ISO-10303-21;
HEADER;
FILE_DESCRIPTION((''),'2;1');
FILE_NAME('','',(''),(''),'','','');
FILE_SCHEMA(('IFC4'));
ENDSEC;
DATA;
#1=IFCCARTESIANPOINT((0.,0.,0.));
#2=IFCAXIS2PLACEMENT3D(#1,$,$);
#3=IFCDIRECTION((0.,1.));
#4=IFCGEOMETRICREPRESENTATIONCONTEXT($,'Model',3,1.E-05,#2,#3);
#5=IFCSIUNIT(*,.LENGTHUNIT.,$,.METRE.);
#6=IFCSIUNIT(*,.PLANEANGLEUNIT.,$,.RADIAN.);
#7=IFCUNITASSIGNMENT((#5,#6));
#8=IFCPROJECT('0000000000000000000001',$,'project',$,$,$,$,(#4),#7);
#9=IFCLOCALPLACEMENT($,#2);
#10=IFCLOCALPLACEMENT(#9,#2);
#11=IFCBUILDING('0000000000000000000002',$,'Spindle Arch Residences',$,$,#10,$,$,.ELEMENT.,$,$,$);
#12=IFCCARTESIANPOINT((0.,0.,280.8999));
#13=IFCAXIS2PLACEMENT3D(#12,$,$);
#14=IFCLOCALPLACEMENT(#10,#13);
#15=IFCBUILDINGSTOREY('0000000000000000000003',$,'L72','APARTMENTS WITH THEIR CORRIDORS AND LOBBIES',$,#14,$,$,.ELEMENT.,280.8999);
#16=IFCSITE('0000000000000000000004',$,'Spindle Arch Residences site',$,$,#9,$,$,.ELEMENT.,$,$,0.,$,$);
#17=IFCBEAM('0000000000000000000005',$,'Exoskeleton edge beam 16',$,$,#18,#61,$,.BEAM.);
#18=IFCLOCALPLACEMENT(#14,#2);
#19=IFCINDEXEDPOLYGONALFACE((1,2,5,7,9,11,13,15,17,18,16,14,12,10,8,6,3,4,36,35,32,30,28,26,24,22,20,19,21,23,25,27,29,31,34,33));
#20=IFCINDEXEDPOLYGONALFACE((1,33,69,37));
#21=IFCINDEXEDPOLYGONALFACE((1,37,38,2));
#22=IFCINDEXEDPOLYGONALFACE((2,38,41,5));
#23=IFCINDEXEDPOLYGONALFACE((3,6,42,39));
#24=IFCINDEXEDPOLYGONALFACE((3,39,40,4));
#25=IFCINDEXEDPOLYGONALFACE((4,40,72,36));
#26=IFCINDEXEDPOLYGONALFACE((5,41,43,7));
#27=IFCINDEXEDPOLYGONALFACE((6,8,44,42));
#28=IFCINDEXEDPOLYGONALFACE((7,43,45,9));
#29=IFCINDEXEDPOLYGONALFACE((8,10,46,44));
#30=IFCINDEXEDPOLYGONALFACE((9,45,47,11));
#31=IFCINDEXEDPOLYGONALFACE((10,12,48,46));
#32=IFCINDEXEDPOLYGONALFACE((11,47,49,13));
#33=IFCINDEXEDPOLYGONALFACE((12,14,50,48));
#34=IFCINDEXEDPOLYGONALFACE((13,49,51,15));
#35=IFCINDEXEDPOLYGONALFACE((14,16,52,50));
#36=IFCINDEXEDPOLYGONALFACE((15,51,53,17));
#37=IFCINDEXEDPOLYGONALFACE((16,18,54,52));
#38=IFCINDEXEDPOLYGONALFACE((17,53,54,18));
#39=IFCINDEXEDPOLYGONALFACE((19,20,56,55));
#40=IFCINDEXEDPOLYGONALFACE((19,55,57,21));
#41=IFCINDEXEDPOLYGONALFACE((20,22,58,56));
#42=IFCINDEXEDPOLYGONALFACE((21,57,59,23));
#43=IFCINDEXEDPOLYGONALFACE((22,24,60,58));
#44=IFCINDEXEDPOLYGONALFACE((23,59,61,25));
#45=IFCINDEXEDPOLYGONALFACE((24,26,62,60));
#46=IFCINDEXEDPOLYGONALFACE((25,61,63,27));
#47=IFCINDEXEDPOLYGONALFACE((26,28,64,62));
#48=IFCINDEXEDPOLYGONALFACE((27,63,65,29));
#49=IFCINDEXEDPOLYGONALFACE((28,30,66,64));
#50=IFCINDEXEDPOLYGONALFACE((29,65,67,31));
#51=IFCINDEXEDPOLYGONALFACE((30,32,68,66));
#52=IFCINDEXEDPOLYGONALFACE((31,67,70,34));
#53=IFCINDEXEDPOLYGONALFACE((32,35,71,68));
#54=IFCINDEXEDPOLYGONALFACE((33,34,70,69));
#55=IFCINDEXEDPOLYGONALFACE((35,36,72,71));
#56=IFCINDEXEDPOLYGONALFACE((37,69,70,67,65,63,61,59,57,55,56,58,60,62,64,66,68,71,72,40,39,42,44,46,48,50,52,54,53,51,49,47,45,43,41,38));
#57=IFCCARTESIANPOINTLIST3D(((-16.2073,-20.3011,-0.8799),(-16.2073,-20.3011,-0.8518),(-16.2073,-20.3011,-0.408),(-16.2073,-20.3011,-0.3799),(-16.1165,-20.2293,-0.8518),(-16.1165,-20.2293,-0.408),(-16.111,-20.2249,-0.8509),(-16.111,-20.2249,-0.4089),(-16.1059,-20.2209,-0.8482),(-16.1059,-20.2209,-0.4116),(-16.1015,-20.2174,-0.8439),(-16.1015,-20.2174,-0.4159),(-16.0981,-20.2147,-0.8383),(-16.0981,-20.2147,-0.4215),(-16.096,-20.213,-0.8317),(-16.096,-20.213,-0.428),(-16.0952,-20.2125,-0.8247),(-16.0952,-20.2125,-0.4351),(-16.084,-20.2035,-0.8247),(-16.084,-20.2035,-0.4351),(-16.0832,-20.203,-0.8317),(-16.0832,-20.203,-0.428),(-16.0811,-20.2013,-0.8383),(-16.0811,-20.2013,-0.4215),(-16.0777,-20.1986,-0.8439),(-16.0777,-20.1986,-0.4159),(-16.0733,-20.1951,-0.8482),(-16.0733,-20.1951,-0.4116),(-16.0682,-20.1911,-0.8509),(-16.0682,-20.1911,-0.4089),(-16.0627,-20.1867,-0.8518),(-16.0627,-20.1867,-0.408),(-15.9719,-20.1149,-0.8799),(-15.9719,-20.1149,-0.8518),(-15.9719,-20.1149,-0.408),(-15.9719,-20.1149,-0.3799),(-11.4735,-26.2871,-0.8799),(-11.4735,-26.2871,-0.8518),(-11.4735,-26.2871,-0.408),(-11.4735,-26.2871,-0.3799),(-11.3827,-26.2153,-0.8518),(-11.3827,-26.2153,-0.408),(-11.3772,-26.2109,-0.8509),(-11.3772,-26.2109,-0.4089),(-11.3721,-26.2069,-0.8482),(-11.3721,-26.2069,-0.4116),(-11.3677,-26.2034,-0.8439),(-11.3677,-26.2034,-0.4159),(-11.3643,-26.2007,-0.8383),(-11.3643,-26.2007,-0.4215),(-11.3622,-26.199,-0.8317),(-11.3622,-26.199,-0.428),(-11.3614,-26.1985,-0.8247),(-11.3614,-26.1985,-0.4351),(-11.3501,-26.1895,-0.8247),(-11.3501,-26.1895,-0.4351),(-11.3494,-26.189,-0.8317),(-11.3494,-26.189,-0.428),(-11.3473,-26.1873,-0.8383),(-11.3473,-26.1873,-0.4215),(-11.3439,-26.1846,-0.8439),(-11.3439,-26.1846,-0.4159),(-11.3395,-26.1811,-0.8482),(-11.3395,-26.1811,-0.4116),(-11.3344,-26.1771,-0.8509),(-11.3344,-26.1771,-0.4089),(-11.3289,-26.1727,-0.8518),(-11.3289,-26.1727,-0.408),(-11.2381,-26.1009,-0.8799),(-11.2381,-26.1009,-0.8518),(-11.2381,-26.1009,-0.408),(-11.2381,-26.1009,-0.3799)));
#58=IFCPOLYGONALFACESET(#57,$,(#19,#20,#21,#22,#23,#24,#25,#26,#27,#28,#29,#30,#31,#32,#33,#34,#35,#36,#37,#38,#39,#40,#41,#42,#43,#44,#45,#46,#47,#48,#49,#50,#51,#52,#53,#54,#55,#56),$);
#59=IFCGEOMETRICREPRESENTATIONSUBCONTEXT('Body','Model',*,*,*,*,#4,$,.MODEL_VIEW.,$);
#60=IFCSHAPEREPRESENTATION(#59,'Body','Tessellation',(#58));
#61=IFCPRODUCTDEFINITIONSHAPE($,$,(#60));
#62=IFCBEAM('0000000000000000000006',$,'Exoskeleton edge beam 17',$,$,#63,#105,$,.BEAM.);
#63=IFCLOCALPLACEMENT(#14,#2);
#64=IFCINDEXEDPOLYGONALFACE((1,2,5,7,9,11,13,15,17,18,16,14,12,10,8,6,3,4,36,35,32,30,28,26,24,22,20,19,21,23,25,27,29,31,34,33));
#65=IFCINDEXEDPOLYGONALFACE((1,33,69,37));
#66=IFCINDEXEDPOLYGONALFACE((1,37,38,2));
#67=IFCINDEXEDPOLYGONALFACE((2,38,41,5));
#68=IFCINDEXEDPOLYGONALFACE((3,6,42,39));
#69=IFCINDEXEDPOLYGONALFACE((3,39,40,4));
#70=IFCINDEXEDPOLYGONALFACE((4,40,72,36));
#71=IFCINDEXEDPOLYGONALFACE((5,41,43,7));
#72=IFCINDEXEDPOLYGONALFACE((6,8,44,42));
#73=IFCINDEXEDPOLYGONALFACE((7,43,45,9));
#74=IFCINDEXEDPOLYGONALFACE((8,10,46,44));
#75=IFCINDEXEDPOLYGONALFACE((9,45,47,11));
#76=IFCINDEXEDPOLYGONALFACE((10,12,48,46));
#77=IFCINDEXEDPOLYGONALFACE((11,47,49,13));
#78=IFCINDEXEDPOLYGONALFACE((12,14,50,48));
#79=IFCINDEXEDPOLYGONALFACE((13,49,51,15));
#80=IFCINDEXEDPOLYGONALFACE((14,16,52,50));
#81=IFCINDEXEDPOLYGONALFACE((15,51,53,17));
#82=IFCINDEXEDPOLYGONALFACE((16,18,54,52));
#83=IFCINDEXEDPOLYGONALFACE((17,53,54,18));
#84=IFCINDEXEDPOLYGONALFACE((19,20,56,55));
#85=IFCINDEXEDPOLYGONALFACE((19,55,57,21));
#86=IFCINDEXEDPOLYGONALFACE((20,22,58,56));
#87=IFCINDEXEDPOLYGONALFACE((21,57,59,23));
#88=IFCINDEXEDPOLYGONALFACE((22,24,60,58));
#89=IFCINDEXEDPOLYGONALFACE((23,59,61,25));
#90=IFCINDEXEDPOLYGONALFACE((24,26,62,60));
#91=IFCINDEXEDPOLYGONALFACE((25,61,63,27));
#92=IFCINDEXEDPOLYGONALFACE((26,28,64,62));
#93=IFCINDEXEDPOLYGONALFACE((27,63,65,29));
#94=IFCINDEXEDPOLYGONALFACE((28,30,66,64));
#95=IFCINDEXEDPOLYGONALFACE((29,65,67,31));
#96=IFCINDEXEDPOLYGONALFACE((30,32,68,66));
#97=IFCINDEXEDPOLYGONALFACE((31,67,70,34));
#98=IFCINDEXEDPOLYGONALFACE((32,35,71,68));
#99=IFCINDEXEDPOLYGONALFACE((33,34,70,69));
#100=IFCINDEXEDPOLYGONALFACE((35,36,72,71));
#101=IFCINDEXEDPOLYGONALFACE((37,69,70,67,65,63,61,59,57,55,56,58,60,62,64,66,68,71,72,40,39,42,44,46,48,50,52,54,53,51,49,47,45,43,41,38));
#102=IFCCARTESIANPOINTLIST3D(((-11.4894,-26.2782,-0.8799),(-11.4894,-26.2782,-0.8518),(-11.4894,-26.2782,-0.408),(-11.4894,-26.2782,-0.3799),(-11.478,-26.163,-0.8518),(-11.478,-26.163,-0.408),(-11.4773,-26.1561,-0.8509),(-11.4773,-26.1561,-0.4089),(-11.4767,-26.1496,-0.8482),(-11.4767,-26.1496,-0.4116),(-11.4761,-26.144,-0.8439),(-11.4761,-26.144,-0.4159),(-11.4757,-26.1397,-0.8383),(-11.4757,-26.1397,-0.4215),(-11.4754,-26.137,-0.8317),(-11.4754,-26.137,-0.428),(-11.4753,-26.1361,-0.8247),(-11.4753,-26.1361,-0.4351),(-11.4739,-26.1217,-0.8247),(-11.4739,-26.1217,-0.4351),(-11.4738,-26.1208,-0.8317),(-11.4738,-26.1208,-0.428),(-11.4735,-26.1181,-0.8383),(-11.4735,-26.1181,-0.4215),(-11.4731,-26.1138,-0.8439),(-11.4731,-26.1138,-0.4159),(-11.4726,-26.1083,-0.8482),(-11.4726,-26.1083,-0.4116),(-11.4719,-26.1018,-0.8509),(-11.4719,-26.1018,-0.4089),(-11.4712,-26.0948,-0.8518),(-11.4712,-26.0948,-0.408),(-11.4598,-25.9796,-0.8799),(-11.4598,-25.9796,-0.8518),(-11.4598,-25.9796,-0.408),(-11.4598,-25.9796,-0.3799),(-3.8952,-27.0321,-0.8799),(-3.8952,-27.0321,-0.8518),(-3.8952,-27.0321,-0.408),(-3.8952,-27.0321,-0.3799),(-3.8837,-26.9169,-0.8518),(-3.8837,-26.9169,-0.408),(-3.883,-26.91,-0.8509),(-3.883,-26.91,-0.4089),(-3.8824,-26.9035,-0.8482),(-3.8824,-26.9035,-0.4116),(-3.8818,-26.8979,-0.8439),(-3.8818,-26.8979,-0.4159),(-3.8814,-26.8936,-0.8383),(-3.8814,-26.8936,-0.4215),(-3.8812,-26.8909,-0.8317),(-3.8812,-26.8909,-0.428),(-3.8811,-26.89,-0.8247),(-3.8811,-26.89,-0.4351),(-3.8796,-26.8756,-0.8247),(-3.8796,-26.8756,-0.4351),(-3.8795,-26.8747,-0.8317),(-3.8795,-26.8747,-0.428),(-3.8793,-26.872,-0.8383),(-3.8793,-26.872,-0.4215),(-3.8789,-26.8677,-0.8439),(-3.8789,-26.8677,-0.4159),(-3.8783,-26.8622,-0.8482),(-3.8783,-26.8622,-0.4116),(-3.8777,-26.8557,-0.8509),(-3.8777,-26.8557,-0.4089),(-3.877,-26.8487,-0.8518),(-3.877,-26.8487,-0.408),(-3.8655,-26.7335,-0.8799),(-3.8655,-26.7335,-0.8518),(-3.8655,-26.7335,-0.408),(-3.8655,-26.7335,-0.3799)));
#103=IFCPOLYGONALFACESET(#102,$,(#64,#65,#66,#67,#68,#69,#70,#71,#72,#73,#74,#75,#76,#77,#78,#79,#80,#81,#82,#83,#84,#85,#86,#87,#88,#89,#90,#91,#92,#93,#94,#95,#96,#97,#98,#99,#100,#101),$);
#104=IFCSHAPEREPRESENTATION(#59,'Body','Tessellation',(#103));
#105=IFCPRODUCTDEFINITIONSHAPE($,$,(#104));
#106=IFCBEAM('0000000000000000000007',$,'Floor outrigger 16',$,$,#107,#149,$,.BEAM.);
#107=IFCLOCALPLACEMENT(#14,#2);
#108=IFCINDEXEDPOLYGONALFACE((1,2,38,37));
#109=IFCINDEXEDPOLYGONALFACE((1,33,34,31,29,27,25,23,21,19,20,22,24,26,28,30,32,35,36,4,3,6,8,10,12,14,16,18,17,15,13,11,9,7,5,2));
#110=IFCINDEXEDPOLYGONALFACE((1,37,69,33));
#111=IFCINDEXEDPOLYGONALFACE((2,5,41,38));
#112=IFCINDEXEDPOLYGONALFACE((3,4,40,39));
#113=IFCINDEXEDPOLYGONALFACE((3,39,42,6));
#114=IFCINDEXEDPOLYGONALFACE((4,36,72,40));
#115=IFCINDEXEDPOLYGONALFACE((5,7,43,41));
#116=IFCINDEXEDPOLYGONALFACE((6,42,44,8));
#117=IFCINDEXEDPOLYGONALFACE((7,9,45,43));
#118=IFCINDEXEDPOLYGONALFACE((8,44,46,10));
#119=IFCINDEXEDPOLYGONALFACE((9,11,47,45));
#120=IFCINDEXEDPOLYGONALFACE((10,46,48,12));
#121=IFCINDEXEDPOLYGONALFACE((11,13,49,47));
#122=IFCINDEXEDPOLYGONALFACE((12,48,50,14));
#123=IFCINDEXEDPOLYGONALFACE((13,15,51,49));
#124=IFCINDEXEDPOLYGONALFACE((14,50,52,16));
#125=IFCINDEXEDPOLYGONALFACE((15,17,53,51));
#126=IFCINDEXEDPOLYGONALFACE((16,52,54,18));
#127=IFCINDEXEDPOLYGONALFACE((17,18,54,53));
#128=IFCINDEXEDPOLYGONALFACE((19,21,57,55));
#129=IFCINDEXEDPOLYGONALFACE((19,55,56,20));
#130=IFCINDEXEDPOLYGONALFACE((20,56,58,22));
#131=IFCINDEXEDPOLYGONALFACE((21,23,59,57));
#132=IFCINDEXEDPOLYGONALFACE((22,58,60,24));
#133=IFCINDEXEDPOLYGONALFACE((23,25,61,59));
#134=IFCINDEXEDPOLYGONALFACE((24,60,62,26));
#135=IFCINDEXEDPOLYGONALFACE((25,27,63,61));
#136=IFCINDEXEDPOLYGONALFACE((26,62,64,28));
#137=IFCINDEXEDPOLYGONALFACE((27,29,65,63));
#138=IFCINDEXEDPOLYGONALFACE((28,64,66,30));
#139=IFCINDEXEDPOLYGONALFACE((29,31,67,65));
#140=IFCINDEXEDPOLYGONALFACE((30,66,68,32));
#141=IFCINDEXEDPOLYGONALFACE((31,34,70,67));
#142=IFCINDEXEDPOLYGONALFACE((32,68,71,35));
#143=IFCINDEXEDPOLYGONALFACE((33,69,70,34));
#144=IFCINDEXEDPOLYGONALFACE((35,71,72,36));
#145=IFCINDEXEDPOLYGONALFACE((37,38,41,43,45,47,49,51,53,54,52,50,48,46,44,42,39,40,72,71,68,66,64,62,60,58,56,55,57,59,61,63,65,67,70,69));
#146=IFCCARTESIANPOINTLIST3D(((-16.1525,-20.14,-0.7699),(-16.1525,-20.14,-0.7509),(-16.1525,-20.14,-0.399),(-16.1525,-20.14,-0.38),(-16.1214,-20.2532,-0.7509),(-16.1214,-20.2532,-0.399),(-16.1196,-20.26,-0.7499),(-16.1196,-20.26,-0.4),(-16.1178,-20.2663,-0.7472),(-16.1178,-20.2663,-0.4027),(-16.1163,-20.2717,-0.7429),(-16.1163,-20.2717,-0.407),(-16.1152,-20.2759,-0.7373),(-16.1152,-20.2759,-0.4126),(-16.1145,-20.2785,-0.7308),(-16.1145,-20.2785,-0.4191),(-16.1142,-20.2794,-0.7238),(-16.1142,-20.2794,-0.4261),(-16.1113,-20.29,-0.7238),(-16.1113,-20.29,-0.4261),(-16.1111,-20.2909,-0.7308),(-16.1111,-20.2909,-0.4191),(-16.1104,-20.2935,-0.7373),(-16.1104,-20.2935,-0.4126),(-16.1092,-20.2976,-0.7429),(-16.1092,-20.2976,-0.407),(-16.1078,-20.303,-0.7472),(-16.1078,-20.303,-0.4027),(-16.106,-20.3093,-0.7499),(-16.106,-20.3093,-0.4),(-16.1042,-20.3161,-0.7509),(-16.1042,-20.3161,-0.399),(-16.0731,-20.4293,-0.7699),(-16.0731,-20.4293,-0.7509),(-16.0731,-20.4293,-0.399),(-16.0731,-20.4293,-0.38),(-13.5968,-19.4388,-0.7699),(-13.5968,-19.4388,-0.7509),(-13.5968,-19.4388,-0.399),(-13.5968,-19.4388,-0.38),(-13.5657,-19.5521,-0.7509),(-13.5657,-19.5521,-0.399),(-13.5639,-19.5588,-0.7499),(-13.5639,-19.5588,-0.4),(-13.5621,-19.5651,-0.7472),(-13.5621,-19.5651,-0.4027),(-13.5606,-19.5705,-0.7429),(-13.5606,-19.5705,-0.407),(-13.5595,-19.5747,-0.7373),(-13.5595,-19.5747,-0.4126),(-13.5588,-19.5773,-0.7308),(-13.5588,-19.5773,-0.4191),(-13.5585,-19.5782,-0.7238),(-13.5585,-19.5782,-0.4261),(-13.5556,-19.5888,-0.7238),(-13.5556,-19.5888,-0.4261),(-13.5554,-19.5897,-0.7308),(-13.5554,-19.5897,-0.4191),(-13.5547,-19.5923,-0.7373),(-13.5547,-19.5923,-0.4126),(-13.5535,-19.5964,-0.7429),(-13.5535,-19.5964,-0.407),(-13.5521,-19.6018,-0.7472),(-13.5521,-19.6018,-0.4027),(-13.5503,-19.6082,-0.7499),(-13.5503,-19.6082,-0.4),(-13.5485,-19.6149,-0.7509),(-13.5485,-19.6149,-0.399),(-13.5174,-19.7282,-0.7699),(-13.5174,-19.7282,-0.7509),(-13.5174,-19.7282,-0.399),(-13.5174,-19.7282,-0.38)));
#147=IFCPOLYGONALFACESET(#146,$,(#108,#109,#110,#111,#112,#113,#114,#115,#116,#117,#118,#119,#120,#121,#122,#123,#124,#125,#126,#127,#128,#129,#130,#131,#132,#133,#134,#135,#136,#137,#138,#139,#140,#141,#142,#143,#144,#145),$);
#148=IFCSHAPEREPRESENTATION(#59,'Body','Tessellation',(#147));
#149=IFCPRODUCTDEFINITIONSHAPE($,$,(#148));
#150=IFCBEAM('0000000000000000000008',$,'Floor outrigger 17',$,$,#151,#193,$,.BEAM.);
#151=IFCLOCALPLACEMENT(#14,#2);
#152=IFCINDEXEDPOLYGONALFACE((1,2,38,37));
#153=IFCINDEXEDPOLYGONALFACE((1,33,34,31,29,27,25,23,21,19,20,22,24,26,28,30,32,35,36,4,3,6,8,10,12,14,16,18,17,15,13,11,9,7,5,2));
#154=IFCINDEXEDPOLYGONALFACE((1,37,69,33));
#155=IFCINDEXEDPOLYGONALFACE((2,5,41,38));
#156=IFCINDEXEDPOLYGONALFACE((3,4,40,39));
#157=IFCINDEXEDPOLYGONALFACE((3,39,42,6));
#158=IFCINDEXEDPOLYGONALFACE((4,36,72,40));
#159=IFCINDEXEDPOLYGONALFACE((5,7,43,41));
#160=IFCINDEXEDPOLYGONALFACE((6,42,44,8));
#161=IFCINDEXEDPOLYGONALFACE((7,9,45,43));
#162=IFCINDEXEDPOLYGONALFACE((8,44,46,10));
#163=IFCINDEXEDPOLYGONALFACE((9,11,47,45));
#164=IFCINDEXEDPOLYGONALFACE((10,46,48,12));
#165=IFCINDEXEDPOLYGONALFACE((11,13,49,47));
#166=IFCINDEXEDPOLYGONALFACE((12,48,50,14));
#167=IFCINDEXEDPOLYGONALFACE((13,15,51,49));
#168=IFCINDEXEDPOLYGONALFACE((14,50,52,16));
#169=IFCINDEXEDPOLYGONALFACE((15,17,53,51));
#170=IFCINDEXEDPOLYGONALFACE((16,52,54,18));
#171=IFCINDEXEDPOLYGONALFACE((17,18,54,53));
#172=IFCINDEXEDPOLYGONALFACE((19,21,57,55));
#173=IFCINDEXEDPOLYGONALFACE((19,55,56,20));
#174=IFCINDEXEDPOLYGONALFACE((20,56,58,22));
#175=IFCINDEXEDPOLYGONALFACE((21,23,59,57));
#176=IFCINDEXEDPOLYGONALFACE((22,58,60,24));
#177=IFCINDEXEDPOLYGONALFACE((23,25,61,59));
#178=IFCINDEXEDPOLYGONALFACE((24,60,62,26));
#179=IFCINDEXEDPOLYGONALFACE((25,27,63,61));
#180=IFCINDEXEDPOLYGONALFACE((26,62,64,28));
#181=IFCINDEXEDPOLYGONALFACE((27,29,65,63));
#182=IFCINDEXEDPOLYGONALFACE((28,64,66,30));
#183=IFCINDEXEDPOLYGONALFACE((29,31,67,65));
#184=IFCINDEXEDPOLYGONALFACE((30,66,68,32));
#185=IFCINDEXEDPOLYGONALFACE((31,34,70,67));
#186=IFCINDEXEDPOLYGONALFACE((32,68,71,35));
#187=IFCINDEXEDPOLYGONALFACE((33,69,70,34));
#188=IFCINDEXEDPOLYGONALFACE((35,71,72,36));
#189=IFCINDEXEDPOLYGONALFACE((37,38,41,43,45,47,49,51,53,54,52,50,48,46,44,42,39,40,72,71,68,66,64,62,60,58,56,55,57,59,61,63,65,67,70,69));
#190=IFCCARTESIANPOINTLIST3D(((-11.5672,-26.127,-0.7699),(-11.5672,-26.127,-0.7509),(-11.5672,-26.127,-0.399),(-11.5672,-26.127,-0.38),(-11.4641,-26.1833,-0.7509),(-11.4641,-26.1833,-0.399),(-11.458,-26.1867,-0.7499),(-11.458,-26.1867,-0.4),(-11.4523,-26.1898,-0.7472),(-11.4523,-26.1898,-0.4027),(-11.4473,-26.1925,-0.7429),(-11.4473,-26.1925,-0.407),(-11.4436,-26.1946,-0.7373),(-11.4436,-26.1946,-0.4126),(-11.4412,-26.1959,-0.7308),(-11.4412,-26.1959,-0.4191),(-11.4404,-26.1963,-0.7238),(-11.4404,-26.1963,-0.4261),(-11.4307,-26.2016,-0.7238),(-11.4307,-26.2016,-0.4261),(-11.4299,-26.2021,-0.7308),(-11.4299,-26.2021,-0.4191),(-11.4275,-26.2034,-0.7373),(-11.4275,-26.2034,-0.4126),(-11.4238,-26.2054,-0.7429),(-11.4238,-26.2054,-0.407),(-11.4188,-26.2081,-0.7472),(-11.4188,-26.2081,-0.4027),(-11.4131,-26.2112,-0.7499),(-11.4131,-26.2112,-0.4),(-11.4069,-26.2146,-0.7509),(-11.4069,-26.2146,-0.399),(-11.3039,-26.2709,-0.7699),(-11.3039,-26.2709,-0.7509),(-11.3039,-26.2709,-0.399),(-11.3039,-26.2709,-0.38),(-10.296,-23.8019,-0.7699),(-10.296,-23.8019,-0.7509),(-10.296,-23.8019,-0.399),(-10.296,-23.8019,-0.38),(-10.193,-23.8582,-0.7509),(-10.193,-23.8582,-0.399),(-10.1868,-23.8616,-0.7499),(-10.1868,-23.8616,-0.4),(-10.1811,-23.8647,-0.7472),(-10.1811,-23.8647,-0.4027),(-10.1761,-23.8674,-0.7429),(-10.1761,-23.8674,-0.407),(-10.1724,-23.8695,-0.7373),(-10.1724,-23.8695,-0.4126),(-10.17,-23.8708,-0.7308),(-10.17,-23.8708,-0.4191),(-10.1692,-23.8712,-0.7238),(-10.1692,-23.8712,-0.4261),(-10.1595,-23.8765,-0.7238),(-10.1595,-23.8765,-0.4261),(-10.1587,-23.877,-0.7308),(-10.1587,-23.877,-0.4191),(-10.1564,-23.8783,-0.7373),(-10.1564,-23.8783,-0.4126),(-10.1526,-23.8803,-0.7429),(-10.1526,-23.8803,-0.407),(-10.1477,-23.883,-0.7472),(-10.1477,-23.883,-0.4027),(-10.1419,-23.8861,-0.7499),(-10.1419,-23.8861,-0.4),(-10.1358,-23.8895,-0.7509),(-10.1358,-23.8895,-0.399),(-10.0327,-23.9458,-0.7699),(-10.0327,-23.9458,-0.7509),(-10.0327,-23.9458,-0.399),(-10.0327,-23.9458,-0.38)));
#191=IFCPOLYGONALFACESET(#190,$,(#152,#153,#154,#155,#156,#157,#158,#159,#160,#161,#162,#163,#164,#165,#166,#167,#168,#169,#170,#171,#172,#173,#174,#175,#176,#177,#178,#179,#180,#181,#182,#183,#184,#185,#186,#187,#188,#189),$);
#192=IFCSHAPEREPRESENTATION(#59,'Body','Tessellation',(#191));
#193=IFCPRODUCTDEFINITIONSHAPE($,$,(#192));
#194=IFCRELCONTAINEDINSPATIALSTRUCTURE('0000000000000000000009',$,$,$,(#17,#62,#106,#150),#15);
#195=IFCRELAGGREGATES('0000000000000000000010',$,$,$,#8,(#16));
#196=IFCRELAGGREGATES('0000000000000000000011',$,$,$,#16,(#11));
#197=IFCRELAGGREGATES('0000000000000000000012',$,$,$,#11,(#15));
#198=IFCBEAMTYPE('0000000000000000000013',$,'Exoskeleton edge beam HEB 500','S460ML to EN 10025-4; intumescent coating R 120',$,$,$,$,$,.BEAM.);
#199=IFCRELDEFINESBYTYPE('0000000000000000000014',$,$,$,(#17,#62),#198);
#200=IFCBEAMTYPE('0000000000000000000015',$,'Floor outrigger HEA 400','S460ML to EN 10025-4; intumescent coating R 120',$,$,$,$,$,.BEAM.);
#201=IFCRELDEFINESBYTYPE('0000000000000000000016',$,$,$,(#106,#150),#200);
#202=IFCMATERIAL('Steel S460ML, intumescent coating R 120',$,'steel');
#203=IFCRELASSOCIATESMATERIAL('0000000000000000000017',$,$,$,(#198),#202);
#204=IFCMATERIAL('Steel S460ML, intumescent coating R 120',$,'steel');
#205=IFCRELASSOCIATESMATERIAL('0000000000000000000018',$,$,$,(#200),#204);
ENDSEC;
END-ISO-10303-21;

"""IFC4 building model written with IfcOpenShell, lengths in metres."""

from ifc_helpers import new_model, si_unit, direction, frame, origin, origin_2d, place, context, subcontext, project, spatial, i_section, extrude, material, material_profile, profile_set, type_object, element, save


model = new_model("IFC4")

# Units and contexts
model_context = context("Model", 3, precision=1e-05, world=origin(), true_north=direction((0.0, 1.0)))
body_context = subcontext(model_context, "Body", "Model", "MODEL_VIEW")
ifc_project = project(units=[si_unit("LENGTHUNIT", "METRE"), si_unit("PLANEANGLEUNIT", "RADIAN")], contexts=[model_context])

# Site, building, storey
site_placement = place(None, origin())
site = spatial("IfcSite", under=ifc_project, at=site_placement, Name="Spindle Arch Residences site", CompositionType="ELEMENT", RefElevation=0.0)
building_placement = place(site_placement, origin())
building = spatial("IfcBuilding", under=site, at=building_placement, Name="Spindle Arch Residences", CompositionType="ELEMENT")
storey_placement = place(building_placement, frame((0.0, 0.0, 280.8999)))
storey = spatial("IfcBuildingStorey", under=building, at=storey_placement, Name="L72", Description="APARTMENTS WITH THEIR CORRIDORS AND LOBBIES", CompositionType="ELEMENT", Elevation=280.8999)

# Beams
ifc_material_1 = material(Name="Steel S460ML, intumescent coating R 120", Category="steel")
ifc_material_profile_1 = material_profile(ifc_material_1, i_section(OverallWidth=0.3, OverallDepth=0.5, WebThickness=0.0144, FlangeThickness=0.0281, FilletRadius=0.0271, at=origin_2d()), Name="HEB 500")
ifc_profile_set_1 = profile_set([ifc_material_profile_1], Name="Steel S460ML, intumescent coating R 120")
beam_type_1 = type_object("IfcBeamType", Name="Exoskeleton edge beam HEB 500", Description="S460ML to EN 10025-4; intumescent coating R 120", PredefinedType="BEAM", material=ifc_profile_set_1)
for number, where, z_axis, x_axis, name in (
    (1, (-16.0896, -20.208, -0.6299), (0.620292, -0.784371, 0.0), (0.784371, 0.620292, 0.0), "Exoskeleton edge beam 16"),
    (2, (-11.4746, -26.1289, -0.6299), (0.995109, -0.098788, 0.0), (0.098788, 0.995109, 0.0), "Exoskeleton edge beam 17"),
):
    element("IfcBeam", number, at=place(storey_placement, frame(where, z_axis=z_axis, x_axis=x_axis)), inside=storey, type_object=beam_type_1, Name=name, PredefinedType="BEAM", context=body_context, shape_type="SweptSolid", body=[
        extrude(i_section(OverallWidth=0.3, OverallDepth=0.5, WebThickness=0.0144, FlangeThickness=0.0281, FilletRadius=0.0271, at=origin_2d()), origin(), (0.0, 0.0, 1.0), 7.6316),
    ])
ifc_material_2 = material(Name="Steel S460ML, intumescent coating R 120", Category="steel")
ifc_material_profile_2 = material_profile(ifc_material_2, i_section(OverallWidth=0.3, OverallDepth=0.3899, WebThickness=0.011, FlangeThickness=0.019, FilletRadius=0.0271, at=origin_2d()), Name="HEA 400")
ifc_profile_set_2 = profile_set([ifc_material_profile_2], Name="Steel S460ML, intumescent coating R 120")
beam_type_2 = type_object("IfcBeamType", Name="Floor outrigger HEA 400", Description="S460ML to EN 10025-4; intumescent coating R 120", PredefinedType="BEAM", material=ifc_profile_set_2)
beam_1_placement = place(storey_placement, frame((-16.1128, -20.2847, -0.575), z_axis=(0.964363, 0.264583, 0.0), x_axis=(-0.264583, 0.964363, 0.0)))
element("IfcBeam", 3, at=beam_1_placement, inside=storey, type_object=beam_type_2, Name="Floor outrigger 16", PredefinedType="BEAM", context=body_context, shape_type="SweptSolid", body=[
    extrude(i_section(OverallWidth=0.3, OverallDepth=0.3899, WebThickness=0.011, FlangeThickness=0.019, FilletRadius=0.0271, at=origin_2d()), origin(), (0.0, 0.0, 1.0), 2.6501),
])
beam_2_placement = place(storey_placement, frame((-11.4355, -26.199, -0.575), z_axis=(0.47971, 0.877427, 0.0), x_axis=(-0.877427, 0.47971, 0.0)))
element("IfcBeam", 4, at=beam_2_placement, inside=storey, type_object=beam_type_2, Name="Floor outrigger 17", PredefinedType="BEAM", context=body_context, shape_type="SweptSolid", body=[
    extrude(i_section(OverallWidth=0.3, OverallDepth=0.3899, WebThickness=0.011, FlangeThickness=0.019, FilletRadius=0.0271, at=origin_2d()), origin(), (0.0, 0.0, 1.0), 2.6499),
])

save(model, "model.ifc")
